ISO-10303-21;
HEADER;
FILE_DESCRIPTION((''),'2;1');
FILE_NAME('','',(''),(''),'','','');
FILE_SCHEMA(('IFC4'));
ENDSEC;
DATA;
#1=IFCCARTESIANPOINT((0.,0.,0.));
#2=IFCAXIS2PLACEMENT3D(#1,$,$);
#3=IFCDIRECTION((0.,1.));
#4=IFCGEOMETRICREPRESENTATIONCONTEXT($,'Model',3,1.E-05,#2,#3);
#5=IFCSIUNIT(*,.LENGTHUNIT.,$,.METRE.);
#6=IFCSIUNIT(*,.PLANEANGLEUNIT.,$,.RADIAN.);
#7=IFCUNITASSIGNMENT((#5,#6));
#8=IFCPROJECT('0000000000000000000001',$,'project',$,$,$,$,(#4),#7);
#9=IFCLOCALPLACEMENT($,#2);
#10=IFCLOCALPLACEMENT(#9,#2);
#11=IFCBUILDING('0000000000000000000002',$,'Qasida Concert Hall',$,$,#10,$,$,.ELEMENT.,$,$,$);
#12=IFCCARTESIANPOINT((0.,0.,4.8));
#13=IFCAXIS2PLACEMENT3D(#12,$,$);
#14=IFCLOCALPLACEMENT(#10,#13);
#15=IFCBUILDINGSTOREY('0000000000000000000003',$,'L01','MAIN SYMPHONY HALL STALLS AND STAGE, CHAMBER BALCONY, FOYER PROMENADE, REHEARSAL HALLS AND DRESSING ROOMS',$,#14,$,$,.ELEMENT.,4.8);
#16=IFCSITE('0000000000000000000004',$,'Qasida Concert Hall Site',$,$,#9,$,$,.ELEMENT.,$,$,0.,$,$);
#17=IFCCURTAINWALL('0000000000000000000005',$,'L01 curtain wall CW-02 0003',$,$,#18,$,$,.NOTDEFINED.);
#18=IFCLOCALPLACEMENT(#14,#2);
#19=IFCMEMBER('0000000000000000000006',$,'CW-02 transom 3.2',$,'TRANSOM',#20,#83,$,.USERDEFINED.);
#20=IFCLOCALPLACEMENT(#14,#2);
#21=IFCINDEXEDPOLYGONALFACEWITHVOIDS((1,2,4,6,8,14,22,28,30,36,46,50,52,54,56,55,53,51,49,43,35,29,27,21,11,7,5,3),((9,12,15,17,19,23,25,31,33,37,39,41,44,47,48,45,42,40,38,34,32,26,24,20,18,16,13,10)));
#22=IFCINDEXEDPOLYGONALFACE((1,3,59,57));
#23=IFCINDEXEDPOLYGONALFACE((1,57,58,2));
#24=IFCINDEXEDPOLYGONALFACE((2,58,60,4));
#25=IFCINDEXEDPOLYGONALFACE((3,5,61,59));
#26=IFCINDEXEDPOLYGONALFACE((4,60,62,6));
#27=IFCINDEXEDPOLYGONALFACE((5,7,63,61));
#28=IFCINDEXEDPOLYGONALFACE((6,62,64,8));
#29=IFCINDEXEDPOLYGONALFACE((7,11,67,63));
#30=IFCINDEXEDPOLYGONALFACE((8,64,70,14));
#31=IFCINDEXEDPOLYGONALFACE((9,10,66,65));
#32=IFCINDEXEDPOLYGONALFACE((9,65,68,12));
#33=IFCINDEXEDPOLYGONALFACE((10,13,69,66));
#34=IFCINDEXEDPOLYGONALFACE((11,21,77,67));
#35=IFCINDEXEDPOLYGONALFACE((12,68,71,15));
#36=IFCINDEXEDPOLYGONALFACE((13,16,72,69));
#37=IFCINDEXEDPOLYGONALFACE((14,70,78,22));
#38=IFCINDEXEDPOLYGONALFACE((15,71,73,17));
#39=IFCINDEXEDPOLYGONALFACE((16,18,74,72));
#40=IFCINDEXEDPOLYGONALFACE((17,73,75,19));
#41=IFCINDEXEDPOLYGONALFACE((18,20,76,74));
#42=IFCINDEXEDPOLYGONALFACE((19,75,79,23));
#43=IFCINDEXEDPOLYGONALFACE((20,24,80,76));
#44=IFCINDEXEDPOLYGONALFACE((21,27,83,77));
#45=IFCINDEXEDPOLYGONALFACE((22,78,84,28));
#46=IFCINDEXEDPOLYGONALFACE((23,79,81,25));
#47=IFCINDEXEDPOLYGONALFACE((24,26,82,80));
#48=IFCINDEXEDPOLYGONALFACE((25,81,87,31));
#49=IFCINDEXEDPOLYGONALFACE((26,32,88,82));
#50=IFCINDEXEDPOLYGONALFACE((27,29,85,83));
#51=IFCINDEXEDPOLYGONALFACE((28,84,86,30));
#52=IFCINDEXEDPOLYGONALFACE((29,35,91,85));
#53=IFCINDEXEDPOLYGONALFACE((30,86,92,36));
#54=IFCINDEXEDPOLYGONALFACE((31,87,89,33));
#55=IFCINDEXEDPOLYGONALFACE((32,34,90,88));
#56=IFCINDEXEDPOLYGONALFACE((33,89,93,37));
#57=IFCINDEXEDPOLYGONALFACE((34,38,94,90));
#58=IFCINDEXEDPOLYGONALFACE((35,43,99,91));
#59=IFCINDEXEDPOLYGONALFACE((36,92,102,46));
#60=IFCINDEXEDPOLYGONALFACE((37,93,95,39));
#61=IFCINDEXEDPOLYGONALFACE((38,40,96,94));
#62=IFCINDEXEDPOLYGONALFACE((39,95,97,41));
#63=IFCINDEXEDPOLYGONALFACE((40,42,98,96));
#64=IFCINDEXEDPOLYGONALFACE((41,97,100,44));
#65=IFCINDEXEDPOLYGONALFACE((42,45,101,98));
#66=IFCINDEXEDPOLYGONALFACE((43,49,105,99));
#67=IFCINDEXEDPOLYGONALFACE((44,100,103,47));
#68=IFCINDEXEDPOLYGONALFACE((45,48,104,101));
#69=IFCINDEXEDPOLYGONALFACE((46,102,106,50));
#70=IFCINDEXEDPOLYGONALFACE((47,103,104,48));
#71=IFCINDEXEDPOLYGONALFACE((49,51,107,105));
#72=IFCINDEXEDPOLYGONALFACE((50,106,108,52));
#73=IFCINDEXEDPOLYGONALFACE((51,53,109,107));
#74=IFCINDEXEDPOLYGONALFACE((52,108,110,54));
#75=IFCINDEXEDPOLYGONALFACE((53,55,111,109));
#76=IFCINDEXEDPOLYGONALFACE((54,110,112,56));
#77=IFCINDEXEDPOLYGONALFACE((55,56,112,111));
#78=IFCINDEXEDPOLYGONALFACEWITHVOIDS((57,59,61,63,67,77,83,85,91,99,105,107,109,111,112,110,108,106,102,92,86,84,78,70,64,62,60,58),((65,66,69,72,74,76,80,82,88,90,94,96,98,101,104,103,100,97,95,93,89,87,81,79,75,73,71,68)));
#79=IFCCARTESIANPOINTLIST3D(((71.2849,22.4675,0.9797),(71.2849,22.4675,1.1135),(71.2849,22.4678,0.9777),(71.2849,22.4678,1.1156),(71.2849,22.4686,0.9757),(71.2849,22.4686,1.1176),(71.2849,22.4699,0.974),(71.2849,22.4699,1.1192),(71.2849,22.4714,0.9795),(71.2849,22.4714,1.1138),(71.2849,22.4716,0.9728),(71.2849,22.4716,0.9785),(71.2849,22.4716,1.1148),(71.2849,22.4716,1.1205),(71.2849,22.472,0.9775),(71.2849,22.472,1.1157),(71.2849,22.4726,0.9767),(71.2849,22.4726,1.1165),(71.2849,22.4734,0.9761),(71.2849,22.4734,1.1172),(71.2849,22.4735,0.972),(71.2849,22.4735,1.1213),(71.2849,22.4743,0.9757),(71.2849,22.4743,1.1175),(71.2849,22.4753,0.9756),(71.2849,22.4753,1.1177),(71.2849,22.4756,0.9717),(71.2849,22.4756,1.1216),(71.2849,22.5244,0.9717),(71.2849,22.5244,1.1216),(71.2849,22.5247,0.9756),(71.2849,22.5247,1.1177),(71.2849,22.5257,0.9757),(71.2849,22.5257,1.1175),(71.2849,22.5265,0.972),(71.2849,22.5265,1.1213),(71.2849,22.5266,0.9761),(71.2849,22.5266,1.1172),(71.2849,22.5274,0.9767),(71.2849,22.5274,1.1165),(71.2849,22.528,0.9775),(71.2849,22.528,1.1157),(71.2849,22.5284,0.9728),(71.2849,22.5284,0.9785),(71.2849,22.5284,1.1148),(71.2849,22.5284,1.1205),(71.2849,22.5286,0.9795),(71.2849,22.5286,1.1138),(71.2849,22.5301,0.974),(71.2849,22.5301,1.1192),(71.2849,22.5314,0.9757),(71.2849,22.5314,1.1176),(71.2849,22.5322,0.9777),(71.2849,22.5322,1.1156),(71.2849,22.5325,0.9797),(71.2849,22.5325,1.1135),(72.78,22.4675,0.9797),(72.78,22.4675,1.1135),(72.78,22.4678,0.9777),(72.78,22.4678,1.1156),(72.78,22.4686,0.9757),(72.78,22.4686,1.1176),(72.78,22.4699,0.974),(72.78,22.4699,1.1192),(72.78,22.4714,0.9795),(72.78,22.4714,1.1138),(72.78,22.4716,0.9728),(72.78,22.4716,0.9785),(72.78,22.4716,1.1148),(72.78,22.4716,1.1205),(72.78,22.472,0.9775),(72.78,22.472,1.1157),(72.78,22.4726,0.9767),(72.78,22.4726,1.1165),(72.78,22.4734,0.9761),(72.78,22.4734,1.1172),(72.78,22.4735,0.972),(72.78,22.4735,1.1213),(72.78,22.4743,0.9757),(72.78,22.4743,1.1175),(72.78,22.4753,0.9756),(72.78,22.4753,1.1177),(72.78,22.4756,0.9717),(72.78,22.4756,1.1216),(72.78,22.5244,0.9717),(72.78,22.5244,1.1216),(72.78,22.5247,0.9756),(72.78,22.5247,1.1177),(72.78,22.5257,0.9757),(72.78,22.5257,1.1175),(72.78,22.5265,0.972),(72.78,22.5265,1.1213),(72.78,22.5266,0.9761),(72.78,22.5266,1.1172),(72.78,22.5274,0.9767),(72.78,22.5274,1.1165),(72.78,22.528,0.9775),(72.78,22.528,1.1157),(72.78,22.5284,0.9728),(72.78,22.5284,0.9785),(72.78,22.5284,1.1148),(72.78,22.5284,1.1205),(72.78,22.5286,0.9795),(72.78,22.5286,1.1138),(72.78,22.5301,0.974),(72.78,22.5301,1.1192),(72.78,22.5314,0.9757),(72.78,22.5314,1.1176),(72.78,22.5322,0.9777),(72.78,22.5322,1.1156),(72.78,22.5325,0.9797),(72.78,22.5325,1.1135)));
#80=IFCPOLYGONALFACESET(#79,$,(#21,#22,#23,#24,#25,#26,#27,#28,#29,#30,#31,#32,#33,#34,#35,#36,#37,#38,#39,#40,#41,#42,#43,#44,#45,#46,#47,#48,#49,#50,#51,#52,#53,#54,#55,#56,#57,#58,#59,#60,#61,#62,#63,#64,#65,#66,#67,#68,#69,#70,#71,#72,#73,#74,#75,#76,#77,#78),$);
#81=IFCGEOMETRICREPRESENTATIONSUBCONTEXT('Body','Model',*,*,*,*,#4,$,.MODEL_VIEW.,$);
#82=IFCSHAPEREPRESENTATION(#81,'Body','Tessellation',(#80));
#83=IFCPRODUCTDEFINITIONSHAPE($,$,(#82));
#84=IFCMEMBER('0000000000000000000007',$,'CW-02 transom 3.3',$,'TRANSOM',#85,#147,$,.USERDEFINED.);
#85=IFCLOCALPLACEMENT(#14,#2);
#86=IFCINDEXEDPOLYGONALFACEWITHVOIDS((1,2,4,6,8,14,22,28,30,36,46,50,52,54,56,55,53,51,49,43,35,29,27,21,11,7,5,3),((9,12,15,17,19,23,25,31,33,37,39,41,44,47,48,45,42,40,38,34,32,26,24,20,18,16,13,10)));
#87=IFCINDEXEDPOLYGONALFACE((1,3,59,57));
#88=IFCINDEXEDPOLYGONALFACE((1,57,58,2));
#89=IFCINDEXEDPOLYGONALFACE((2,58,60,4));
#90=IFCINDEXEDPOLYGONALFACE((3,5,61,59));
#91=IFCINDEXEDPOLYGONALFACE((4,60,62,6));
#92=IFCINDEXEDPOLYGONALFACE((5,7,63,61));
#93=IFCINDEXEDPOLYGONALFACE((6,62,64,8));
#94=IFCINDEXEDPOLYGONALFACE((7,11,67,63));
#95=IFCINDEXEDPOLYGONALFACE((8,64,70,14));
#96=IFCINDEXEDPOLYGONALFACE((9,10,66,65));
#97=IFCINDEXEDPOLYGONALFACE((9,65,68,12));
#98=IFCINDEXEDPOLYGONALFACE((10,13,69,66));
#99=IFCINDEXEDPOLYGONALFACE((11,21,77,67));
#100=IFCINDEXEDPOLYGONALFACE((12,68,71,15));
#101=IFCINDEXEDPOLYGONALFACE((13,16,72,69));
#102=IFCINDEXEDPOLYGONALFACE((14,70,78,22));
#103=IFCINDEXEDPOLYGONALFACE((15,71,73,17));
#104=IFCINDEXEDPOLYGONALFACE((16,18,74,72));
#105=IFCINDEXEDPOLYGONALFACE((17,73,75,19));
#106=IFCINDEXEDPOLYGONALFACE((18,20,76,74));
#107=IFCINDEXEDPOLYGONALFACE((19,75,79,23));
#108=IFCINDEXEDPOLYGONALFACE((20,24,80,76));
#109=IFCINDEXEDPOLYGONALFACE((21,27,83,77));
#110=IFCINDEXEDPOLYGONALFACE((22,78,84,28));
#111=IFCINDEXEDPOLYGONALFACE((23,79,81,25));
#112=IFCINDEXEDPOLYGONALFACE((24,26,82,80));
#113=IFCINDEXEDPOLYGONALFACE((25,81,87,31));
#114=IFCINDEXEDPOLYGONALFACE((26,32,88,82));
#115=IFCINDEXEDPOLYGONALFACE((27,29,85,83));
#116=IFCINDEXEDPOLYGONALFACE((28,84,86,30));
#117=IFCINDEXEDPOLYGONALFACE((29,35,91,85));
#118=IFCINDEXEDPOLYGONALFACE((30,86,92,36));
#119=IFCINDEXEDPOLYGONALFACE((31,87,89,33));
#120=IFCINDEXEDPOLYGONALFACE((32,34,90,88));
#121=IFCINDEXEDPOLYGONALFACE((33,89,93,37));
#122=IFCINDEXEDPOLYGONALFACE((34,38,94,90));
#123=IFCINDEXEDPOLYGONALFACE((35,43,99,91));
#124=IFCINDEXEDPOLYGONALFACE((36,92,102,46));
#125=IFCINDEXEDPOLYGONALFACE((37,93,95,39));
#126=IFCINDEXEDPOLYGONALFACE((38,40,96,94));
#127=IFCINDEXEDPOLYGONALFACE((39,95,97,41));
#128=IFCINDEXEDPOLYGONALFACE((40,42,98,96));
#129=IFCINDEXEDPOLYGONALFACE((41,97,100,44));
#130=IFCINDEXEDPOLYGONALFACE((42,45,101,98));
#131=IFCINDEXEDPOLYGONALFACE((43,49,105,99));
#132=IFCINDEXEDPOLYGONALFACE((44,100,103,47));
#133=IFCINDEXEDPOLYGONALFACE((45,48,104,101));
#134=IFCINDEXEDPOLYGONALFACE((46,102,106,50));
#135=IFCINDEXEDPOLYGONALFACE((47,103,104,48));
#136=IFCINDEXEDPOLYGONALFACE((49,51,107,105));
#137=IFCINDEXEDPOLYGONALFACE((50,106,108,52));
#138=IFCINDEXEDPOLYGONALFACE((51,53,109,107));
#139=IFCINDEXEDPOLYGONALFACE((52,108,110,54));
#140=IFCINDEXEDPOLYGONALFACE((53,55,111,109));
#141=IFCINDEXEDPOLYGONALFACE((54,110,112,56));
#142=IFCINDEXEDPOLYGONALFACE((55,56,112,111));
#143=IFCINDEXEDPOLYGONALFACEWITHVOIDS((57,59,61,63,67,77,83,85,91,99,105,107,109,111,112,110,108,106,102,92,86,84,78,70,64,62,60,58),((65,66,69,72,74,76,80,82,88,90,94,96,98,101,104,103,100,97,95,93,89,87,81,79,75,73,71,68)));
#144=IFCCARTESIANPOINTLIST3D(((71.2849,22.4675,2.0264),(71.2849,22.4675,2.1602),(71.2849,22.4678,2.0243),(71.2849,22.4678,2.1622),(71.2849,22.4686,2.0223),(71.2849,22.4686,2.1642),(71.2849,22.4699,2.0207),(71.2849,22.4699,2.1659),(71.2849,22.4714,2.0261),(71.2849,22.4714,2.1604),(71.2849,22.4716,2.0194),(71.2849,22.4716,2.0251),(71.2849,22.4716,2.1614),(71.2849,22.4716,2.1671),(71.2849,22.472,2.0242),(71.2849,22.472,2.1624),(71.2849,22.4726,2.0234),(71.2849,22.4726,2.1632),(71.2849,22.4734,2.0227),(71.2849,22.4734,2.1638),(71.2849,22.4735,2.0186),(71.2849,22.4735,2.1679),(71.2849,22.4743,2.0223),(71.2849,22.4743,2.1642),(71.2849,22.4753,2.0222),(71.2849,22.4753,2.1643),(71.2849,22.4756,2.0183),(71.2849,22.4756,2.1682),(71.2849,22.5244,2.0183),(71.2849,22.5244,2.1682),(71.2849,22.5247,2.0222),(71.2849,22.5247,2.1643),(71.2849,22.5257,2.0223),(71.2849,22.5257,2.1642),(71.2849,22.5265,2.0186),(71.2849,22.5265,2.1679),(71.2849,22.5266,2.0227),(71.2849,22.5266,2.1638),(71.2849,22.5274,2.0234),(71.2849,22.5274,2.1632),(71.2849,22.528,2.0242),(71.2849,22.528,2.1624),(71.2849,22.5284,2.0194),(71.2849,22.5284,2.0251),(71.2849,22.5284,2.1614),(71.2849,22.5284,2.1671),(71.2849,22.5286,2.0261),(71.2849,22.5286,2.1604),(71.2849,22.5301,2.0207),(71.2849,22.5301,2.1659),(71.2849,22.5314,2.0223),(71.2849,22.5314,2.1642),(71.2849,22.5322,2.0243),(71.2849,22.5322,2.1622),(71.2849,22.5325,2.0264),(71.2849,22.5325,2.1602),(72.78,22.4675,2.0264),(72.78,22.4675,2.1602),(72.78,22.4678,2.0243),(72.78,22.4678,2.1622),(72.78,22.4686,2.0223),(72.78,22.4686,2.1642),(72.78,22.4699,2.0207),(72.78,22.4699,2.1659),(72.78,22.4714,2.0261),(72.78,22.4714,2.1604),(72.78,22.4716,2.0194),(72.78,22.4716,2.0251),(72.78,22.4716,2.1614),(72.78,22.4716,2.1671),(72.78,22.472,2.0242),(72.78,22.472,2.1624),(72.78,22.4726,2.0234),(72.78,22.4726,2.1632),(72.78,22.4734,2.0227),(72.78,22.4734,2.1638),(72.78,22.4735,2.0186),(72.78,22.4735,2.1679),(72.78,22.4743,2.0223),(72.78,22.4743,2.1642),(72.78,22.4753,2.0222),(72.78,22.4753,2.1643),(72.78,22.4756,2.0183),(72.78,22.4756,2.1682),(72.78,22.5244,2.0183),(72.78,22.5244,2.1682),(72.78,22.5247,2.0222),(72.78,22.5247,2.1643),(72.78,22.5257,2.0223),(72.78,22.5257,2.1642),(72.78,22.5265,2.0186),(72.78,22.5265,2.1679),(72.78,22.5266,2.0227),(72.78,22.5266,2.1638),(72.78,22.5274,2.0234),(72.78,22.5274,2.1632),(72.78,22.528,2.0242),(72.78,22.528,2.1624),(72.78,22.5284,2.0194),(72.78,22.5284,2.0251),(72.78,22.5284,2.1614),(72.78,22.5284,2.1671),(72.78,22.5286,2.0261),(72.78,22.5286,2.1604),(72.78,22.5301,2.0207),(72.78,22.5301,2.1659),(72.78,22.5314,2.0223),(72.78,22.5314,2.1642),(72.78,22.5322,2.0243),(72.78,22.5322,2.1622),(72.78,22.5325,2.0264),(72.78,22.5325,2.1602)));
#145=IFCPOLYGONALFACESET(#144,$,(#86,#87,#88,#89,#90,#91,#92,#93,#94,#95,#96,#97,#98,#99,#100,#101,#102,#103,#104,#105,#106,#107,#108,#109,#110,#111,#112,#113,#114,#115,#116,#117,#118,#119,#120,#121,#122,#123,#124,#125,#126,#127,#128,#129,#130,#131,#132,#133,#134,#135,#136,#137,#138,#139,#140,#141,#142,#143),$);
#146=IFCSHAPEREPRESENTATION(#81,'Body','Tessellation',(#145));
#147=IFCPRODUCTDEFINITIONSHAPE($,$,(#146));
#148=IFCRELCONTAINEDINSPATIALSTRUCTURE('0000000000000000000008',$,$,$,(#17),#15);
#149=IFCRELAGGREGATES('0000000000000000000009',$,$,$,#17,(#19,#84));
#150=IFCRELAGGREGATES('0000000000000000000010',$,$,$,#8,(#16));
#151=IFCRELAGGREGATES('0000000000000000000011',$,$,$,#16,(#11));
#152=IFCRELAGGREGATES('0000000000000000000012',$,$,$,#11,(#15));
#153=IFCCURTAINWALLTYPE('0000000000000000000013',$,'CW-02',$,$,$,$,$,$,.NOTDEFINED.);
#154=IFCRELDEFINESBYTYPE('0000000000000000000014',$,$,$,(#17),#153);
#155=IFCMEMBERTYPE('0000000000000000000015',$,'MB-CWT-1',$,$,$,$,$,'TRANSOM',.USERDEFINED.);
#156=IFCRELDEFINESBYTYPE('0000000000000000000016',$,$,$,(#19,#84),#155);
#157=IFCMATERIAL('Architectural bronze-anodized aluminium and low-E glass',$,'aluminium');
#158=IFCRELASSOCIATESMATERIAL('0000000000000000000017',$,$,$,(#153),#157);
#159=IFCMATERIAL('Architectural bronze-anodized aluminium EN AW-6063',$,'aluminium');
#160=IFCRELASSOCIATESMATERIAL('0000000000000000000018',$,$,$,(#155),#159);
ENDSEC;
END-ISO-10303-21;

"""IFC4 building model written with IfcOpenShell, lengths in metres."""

from ifc_helpers import new_model, si_unit, direction, frame, origin, origin_2d, place, context, subcontext, project, spatial, hollow_rectangle, extrude, material, material_profile, profile_set, type_object, element, aggregate, save


model = new_model("IFC4")

# Units and contexts
model_context = context("Model", 3, precision=1e-05, world=origin(), true_north=direction((0.0, 1.0)))
body_context = subcontext(model_context, "Body", "Model", "MODEL_VIEW")
ifc_project = project(units=[si_unit("LENGTHUNIT", "METRE"), si_unit("PLANEANGLEUNIT", "RADIAN")], contexts=[model_context])

# Site, building, storey
site_placement = place(None, origin())
site = spatial("IfcSite", under=ifc_project, at=site_placement, Name="Qasida Concert Hall Site", CompositionType="ELEMENT", RefElevation=0.0)
building_placement = place(site_placement, origin())
building = spatial("IfcBuilding", under=site, at=building_placement, Name="Qasida Concert Hall", CompositionType="ELEMENT")
storey_placement = place(building_placement, frame((0.0, 0.0, 4.8)))
storey = spatial("IfcBuildingStorey", under=building, at=storey_placement, Name="L01", Description="MAIN SYMPHONY HALL STALLS AND STAGE, CHAMBER BALCONY, FOYER PROMENADE, REHEARSAL HALLS AND DRESSING ROOMS", CompositionType="ELEMENT", Elevation=4.8)

# Curtain wall
ifc_material_1 = material(Name="Architectural bronze-anodized aluminium and low-E glass", Category="aluminium")
curtain_wall_type = type_object("IfcCurtainWallType", Name="CW-02", PredefinedType="NOTDEFINED", material=ifc_material_1)
curtain_wall_1_placement = place(storey_placement, origin())
curtain_wall_1 = element("IfcCurtainWall", 1, at=curtain_wall_1_placement, inside=storey, type_object=curtain_wall_type, Name="L01 curtain wall CW-02 0003", PredefinedType="NOTDEFINED")
ifc_material_2 = material(Name="Architectural bronze-anodized aluminium EN AW-6063", Category="aluminium")

# Members
ifc_material_profile_1 = material_profile(ifc_material_2, hollow_rectangle(XDim=0.0649, YDim=0.1499, WallThickness=0.0039, InnerFilletRadius=0.0039, OuterFilletRadius=0.0081, at=origin_2d()), Name="CWT 150x65x4")
ifc_profile_set_1 = profile_set([ifc_material_profile_1], Name="Architectural bronze-anodized aluminium EN AW-6063")
member_type_1 = type_object("IfcMemberType", Name="MB-CWT-1", ElementType="TRANSOM", PredefinedType="USERDEFINED", material=ifc_profile_set_1)
member_1_placement = place(storey_placement, frame((71.2849, 22.5, 1.0466), z_axis=(1.0, 0.0, 0.0), x_axis=(0.0, 1.0, 0.0)))
member_1 = element("IfcMember", 2, at=member_1_placement, type_object=member_type_1, Name="CW-02 transom 3.2", ObjectType="TRANSOM", PredefinedType="USERDEFINED", context=body_context, shape_type="SweptSolid", body=[
    extrude(hollow_rectangle(XDim=0.0649, YDim=0.1499, WallThickness=0.0039, InnerFilletRadius=0.0039, OuterFilletRadius=0.0081, at=origin_2d()), origin(), (0.0, 0.0, 1.0), 1.4951),
])
member_2_placement = place(storey_placement, frame((71.2849, 22.5, 2.0933), z_axis=(1.0, 0.0, 0.0), x_axis=(0.0, 1.0, 0.0)))
member_2 = element("IfcMember", 3, at=member_2_placement, type_object=member_type_1, Name="CW-02 transom 3.3", ObjectType="TRANSOM", PredefinedType="USERDEFINED", context=body_context, shape_type="SweptSolid", body=[
    extrude(hollow_rectangle(XDim=0.0649, YDim=0.1499, WallThickness=0.0039, InnerFilletRadius=0.0039, OuterFilletRadius=0.0081, at=origin_2d()), origin(), (0.0, 0.0, 1.0), 1.4951),
])

aggregate(curtain_wall_1, [member_1, member_2])

save(model, "model.ifc")
